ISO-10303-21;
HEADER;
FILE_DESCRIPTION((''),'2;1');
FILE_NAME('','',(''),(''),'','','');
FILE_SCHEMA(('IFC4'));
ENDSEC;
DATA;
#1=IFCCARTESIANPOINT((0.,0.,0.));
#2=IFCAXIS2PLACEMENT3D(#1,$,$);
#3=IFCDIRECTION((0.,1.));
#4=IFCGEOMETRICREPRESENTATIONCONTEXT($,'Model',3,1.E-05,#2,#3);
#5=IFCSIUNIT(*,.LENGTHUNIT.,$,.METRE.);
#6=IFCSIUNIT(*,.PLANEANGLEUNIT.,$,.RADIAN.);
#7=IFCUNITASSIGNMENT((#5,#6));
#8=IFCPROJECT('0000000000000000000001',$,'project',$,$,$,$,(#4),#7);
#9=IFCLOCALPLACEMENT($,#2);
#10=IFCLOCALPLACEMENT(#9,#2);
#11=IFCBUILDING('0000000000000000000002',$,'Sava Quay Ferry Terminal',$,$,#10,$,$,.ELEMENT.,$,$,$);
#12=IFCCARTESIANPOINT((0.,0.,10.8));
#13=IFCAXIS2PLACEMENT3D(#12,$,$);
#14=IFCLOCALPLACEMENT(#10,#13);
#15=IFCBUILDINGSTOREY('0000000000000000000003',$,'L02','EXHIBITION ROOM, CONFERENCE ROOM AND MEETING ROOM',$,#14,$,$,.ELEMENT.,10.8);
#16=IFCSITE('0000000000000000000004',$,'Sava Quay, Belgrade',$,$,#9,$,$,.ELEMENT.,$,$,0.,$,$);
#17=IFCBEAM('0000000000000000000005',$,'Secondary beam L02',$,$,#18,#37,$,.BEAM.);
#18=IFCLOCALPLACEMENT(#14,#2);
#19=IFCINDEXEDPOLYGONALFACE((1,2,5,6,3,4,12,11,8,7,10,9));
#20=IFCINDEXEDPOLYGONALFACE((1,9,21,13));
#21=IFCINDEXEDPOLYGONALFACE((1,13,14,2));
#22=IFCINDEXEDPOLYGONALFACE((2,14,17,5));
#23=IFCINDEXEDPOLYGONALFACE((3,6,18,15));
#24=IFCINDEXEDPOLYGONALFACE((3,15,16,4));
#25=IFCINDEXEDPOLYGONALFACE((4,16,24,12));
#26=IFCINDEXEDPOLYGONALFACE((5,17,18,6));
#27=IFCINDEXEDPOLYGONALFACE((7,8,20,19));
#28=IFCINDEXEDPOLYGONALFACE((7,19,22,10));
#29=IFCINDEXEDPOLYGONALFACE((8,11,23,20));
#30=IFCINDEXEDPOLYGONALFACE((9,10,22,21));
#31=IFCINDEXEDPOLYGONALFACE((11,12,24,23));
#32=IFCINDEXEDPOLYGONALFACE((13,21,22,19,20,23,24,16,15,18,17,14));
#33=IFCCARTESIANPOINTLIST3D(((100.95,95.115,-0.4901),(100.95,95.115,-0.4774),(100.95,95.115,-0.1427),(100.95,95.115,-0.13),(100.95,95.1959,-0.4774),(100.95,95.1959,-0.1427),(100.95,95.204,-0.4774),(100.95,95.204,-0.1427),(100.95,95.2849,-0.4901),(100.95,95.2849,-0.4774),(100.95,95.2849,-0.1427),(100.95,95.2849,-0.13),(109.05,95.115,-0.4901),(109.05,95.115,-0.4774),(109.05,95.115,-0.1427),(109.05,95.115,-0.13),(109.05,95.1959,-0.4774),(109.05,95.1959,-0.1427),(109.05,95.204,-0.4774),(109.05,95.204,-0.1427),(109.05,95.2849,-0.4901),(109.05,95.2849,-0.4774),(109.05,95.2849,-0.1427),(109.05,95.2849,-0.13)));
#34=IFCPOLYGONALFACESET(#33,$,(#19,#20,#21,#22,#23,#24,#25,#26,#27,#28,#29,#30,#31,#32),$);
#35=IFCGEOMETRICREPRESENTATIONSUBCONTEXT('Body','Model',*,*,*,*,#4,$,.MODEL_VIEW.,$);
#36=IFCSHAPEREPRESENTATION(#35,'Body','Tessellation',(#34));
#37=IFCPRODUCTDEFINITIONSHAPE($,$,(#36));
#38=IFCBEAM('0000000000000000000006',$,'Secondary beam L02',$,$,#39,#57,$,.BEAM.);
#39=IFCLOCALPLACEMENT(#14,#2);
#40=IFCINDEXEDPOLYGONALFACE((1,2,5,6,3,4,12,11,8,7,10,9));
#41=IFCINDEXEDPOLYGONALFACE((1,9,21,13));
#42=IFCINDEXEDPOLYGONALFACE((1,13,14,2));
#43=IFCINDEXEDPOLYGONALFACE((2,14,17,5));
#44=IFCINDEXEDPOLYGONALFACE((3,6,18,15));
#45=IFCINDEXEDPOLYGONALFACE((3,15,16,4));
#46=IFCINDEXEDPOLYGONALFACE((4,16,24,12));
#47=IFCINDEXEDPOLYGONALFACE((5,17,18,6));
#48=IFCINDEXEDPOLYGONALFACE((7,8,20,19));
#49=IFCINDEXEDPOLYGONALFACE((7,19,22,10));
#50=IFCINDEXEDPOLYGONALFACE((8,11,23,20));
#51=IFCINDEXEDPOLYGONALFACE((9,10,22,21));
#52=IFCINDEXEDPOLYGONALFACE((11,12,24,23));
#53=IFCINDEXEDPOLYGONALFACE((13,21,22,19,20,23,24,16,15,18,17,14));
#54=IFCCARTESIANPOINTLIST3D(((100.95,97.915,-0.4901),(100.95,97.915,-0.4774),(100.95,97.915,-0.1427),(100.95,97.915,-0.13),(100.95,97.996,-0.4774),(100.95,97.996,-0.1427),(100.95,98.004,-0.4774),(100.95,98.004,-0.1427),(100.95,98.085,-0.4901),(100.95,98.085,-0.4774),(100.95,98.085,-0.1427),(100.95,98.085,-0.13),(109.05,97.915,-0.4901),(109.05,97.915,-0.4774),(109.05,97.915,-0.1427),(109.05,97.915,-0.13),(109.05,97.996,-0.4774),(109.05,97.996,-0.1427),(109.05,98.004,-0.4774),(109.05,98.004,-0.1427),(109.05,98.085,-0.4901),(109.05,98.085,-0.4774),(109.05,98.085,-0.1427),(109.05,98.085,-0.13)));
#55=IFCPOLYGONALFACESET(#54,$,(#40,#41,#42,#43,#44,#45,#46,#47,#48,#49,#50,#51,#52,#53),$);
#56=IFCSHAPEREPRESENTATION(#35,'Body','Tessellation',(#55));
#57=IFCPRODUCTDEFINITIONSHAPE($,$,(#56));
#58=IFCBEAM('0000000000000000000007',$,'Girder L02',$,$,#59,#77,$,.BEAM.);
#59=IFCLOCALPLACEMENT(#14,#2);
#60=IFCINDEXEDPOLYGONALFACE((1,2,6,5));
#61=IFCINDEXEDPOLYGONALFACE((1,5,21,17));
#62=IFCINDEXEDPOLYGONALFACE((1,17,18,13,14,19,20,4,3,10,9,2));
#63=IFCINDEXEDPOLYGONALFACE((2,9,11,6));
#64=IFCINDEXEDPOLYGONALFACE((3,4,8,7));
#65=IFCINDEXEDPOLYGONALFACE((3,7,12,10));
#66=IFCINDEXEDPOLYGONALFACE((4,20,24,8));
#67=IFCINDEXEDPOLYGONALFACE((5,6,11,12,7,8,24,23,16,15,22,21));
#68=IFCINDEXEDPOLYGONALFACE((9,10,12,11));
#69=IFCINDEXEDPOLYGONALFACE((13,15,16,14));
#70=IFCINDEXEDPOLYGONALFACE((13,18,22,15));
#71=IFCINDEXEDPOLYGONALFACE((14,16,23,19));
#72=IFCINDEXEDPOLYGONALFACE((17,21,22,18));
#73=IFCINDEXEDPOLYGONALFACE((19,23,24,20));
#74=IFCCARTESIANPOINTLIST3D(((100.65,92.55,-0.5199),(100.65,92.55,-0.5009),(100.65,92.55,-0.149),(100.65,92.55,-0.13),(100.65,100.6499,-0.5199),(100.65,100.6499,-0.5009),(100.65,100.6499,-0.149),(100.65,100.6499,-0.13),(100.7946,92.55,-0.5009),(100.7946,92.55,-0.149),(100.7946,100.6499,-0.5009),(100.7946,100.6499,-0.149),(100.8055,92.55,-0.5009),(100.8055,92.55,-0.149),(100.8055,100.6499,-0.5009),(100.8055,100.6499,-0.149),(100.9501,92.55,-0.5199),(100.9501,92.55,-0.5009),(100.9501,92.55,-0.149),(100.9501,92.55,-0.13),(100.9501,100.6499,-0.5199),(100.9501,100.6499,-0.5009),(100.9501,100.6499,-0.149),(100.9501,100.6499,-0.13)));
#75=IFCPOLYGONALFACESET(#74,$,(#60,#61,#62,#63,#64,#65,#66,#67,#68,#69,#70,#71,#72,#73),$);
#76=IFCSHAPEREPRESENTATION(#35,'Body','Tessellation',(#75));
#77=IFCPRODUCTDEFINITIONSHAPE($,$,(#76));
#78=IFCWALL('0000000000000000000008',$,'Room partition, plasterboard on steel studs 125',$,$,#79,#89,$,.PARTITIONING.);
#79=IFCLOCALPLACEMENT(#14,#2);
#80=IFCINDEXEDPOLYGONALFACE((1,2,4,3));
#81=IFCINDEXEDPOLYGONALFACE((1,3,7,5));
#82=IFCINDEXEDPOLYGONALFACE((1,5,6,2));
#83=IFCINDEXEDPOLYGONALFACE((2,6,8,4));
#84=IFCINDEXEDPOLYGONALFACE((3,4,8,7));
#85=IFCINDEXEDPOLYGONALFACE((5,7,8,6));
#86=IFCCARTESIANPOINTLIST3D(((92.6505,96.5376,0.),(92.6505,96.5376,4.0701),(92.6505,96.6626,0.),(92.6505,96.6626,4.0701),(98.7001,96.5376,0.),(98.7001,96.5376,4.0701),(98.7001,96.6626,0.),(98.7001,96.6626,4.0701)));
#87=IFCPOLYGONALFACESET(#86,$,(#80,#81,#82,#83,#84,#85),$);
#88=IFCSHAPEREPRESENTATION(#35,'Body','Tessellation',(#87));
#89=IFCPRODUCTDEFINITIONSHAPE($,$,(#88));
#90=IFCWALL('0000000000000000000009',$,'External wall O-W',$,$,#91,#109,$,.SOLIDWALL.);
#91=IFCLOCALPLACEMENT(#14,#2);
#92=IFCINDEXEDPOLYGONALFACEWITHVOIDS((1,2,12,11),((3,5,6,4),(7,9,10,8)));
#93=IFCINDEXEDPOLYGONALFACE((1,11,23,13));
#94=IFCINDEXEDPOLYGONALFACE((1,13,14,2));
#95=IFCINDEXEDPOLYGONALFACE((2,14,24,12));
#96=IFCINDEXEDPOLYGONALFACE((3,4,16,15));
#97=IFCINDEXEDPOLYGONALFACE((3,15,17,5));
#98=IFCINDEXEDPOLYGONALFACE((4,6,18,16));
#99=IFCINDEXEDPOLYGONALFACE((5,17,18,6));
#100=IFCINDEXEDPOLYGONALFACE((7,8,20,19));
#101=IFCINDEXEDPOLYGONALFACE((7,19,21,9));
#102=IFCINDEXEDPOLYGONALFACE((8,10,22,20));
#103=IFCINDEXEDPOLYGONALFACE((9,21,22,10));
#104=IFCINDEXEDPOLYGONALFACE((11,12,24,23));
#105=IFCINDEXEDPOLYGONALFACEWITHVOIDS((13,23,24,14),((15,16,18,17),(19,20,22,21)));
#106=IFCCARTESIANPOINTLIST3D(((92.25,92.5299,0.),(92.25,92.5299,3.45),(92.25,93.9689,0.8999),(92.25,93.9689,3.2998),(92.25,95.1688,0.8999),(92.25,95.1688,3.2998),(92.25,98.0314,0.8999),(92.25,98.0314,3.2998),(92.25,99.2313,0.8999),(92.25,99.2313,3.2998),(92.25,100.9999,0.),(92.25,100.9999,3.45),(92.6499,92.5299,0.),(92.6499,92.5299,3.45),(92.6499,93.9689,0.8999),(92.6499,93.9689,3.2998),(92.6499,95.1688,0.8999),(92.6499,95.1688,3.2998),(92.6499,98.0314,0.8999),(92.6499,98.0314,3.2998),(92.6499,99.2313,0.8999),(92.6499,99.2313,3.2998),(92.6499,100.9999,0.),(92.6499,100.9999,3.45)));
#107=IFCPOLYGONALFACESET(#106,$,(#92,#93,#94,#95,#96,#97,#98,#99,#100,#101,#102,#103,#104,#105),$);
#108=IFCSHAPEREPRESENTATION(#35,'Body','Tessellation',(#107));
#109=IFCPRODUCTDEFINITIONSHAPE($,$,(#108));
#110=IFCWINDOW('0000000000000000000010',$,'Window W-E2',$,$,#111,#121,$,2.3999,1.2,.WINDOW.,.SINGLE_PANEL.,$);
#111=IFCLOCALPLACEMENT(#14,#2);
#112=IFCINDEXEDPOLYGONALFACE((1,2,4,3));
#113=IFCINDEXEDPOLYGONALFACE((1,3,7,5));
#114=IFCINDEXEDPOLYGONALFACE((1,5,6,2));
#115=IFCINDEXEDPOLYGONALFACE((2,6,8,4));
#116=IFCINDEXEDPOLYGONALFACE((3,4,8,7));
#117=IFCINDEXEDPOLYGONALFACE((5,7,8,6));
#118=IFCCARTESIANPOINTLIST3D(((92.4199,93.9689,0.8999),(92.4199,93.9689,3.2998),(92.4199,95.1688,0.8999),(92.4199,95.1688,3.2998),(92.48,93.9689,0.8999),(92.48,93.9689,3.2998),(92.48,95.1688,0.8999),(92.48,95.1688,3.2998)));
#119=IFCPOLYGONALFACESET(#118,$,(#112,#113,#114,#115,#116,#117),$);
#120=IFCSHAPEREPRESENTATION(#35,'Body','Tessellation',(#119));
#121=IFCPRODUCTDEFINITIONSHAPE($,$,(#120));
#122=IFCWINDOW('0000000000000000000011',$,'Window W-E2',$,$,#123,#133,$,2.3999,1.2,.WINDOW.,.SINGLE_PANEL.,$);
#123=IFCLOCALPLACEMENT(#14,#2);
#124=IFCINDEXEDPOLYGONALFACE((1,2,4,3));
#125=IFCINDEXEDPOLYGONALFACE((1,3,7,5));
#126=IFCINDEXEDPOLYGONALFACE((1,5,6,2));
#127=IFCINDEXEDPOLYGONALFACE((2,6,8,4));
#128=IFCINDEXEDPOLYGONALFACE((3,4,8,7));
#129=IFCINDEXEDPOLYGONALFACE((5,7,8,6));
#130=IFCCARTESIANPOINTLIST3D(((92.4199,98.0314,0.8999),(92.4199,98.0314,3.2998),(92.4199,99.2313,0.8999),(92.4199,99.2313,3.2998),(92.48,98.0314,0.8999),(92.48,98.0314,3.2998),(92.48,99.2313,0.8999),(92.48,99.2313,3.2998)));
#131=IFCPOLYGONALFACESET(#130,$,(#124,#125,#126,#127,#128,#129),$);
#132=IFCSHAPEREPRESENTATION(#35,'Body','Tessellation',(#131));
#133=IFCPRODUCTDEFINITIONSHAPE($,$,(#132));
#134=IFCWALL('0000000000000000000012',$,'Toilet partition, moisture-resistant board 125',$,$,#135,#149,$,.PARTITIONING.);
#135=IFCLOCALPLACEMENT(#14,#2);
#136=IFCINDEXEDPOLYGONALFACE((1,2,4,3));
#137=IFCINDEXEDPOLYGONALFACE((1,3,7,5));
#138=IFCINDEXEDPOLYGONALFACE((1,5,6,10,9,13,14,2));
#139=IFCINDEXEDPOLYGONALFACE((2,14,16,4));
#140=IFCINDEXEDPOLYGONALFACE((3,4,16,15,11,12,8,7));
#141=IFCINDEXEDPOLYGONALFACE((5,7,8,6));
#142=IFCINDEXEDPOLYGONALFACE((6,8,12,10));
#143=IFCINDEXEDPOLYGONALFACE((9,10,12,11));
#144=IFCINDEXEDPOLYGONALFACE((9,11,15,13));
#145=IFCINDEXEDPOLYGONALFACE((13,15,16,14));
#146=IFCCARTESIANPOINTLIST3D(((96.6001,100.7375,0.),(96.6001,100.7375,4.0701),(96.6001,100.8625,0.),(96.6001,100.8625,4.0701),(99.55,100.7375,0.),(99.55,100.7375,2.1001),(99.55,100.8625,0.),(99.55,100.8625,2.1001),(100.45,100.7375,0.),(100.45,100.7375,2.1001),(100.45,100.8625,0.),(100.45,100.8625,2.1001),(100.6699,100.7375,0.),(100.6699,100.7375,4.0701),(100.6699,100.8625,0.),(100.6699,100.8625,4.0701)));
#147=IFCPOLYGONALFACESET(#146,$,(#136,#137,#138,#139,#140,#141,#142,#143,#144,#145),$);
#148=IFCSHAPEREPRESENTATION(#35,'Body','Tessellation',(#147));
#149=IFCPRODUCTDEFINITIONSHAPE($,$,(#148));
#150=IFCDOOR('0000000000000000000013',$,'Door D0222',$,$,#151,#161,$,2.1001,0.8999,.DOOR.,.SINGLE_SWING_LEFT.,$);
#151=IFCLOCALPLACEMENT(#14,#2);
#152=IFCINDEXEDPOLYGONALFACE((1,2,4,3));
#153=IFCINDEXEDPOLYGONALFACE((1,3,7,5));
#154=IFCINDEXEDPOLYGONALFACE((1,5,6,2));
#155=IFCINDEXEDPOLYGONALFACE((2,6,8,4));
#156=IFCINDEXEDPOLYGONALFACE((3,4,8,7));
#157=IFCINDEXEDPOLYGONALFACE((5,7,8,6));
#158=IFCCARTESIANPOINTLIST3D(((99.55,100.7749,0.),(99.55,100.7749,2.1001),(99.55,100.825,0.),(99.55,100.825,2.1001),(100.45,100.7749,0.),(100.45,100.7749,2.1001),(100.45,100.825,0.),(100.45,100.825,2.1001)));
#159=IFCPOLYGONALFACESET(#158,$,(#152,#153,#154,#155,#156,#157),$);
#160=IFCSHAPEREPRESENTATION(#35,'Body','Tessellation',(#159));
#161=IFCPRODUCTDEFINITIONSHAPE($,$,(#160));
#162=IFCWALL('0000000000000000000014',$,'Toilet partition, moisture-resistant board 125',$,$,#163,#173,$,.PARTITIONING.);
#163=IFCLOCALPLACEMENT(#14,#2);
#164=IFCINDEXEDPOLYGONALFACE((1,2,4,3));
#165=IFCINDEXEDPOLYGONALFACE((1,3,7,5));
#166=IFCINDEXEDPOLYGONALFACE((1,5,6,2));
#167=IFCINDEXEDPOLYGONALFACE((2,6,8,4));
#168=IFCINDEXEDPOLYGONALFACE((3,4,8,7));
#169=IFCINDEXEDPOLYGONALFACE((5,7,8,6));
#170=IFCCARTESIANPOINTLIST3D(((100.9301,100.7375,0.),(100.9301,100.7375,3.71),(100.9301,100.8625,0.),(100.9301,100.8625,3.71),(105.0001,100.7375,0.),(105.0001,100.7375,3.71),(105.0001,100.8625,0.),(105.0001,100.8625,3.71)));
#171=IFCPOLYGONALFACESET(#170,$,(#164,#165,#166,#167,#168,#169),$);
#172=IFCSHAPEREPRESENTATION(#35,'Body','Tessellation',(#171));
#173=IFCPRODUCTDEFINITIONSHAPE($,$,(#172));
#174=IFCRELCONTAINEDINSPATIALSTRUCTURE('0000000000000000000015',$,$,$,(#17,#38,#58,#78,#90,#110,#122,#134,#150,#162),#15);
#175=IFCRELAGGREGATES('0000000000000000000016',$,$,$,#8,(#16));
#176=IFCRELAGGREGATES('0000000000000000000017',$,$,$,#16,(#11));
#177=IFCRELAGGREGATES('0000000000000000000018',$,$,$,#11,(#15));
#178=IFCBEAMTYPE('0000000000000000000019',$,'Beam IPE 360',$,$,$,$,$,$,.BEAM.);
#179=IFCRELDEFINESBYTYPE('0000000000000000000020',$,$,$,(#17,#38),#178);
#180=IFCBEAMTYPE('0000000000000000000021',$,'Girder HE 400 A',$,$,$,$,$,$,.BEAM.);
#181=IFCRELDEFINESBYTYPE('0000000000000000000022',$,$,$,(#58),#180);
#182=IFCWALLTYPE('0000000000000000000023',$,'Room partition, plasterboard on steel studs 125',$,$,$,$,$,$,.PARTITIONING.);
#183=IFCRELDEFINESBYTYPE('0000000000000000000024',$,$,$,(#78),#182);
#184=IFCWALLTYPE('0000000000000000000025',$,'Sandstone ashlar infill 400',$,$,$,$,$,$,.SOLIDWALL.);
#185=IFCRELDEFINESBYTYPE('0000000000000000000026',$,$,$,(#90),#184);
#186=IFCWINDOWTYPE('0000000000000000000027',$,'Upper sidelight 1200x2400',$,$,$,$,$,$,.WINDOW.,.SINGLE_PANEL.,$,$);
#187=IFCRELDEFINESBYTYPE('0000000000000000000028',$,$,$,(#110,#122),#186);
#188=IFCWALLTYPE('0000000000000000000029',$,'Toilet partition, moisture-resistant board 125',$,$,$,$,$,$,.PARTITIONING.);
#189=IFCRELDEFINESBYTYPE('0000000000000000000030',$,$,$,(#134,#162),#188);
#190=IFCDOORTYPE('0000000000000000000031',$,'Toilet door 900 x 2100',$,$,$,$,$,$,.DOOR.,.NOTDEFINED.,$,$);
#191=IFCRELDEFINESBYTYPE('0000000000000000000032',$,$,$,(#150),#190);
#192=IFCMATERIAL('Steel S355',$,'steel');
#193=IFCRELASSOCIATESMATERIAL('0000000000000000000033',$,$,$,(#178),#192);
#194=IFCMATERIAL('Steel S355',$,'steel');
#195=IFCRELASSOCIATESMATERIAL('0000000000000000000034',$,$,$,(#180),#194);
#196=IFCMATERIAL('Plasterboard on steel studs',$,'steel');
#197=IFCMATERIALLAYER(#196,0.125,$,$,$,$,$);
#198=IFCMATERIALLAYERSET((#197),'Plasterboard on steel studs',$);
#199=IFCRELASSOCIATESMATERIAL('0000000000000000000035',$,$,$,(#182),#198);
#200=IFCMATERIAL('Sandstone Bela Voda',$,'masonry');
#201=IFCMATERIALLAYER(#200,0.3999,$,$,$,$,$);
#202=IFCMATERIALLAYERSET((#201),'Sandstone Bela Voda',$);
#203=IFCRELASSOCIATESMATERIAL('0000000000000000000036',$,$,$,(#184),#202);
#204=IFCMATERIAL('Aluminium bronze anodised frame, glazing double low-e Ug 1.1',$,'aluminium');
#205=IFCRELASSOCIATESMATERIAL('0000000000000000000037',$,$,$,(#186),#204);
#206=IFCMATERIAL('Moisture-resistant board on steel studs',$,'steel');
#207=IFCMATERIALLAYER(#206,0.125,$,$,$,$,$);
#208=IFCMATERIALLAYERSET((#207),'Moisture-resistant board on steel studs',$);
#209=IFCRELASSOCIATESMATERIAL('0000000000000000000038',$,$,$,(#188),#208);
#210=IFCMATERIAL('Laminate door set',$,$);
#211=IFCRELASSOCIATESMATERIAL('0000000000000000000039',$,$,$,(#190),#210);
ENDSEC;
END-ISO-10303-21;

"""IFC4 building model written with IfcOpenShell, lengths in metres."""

from ifc_helpers import new_model, si_unit, direction, frame, frame_2d, origin, origin_2d, place, context, subcontext, project, spatial, rectangle, i_section, extrude, material, layer, layer_set, material_profile, profile_set, type_object, element, fill, save


model = new_model("IFC4")

# Units and contexts
model_context = context("Model", 3, precision=1e-05, world=origin(), true_north=direction((0.0, 1.0)))
body_context = subcontext(model_context, "Body", "Model", "MODEL_VIEW")
ifc_project = project(units=[si_unit("LENGTHUNIT", "METRE"), si_unit("PLANEANGLEUNIT", "RADIAN")], contexts=[model_context])

# Site, building, storey
site_placement = place(None, origin())
site = spatial("IfcSite", under=ifc_project, at=site_placement, Name="Sava Quay, Belgrade", CompositionType="ELEMENT", RefElevation=0.0)
building_placement = place(site_placement, origin())
building = spatial("IfcBuilding", under=site, at=building_placement, Name="Sava Quay Ferry Terminal", CompositionType="ELEMENT")
storey_placement = place(building_placement, frame((0.0, 0.0, 10.8)))
storey = spatial("IfcBuildingStorey", under=building, at=storey_placement, Name="L02", Description="EXHIBITION ROOM, CONFERENCE ROOM AND MEETING ROOM", CompositionType="ELEMENT", Elevation=10.8)

# Beams
ifc_material_1 = material(Name="Steel S355", Category="steel")
ifc_material_profile_1 = material_profile(ifc_material_1, i_section(OverallWidth=0.1699, OverallDepth=0.3601, WebThickness=0.0081, FlangeThickness=0.0127, at=origin_2d()), Name="IPE 360")
ifc_profile_set_1 = profile_set([ifc_material_profile_1], Name="Steel S355")
beam_type_1 = type_object("IfcBeamType", Name="Beam IPE 360", PredefinedType="BEAM", material=ifc_profile_set_1)
for number, where, z_axis, x_axis, name in (
    (1, (100.95, 95.2, -0.3101), (1.0, 0.0, 0.0), (0.0, 1.0, 0.0), "Secondary beam L02"),
    (2, (100.95, 98.0, -0.3101), (1.0, 0.0, 0.0), (0.0, 1.0, 0.0), "Secondary beam L02"),
):
    element("IfcBeam", number, at=place(storey_placement, frame(where, z_axis=z_axis, x_axis=x_axis)), inside=storey, type_object=beam_type_1, Name=name, PredefinedType="BEAM", context=body_context, shape_type="SweptSolid", body=[
        extrude(i_section(OverallWidth=0.1699, OverallDepth=0.3601, WebThickness=0.0081, FlangeThickness=0.0127, at=origin_2d()), origin(), (0.0, 0.0, 1.0), 8.1001),
    ])
ifc_material_2 = material(Name="Steel S355", Category="steel")
ifc_material_profile_2 = material_profile(ifc_material_2, i_section(OverallWidth=0.3, OverallDepth=0.3899, WebThickness=0.011, FlangeThickness=0.019, at=origin_2d()), Name="HE 400 A")
ifc_profile_set_2 = profile_set([ifc_material_profile_2], Name="Steel S355")
beam_type_2 = type_object("IfcBeamType", Name="Girder HE 400 A", PredefinedType="BEAM", material=ifc_profile_set_2)
beam_1_placement = place(storey_placement, frame((100.8, 92.55, -0.325), z_axis=(0.0, 1.0, 0.0), x_axis=(-1.0, 0.0, 0.0)))
element("IfcBeam", 3, at=beam_1_placement, inside=storey, type_object=beam_type_2, Name="Girder L02", PredefinedType="BEAM", context=body_context, shape_type="SweptSolid", body=[
    extrude(i_section(OverallWidth=0.3, OverallDepth=0.3899, WebThickness=0.011, FlangeThickness=0.019, at=origin_2d()), origin(), (0.0, 0.0, 1.0), 8.0999),
])

# Wall
ifc_material_3 = material(Name="Plasterboard on steel studs", Category="steel")
ifc_layer_1 = layer(ifc_material_3, 0.125)
ifc_layer_set_1 = layer_set([ifc_layer_1], Name="Plasterboard on steel studs")
wall_type_1 = type_object("IfcWallType", Name="Room partition, plasterboard on steel studs 125", PredefinedType="PARTITIONING", material=ifc_layer_set_1)
wall_1_placement = place(storey_placement, frame((92.6504, 96.6001, 0.0), z_axis=(0.0, 0.0, 1.0), x_axis=(1.0, 0.0, 0.0)))
element("IfcWall", 4, at=wall_1_placement, inside=storey, type_object=wall_type_1, Name="Room partition, plasterboard on steel studs 125", PredefinedType="PARTITIONING", context=body_context, shape_type="SweptSolid", body=[
    extrude(rectangle(XDim=6.0496, YDim=0.125, at=frame_2d((3.0249, 0.0))), origin(), (0.0, 0.0, 1.0), 4.0701),
])

# Wall, openings, windows
ifc_material_4 = material(Name="Sandstone Bela Voda", Category="masonry")
ifc_layer_2 = layer(ifc_material_4, 0.3999)
ifc_layer_set_2 = layer_set([ifc_layer_2], Name="Sandstone Bela Voda")
wall_type_2 = type_object("IfcWallType", Name="Sandstone ashlar infill 400", PredefinedType="SOLIDWALL", material=ifc_layer_set_2)
wall_2_placement = place(storey_placement, frame((92.45, 92.53, 0.0), z_axis=(0.0, 0.0, 1.0), x_axis=(0.0, 1.0, 0.0)))
wall_2 = element("IfcWall", 5, at=wall_2_placement, inside=storey, type_object=wall_type_2, Name="External wall O-W", PredefinedType="SOLIDWALL", context=body_context, shape_type="SweptSolid", body=[
    extrude(rectangle(XDim=8.47, YDim=0.3999, at=frame_2d((4.2349, 0.0))), origin(), (0.0, 0.0, 1.0), 3.45),
])
opening_1_placement = place(wall_2_placement, frame((1.4387, 0.0, 0.8999)))
opening_1 = element("IfcOpeningElement", 6, at=opening_1_placement, cuts=wall_2, PredefinedType="OPENING", context=body_context, shape_type="SweptSolid", body=[
    extrude(rectangle(XDim=1.2, YDim=2.3999, at=frame_2d((0.6001, 1.2))), frame((0.0, 0.2, 0.0), z_axis=(0.0, -1.0, 0.0), x_axis=(1.0, 0.0, 0.0)), (0.0, 0.0, 1.0), 0.3999),
])
opening_2_placement = place(wall_2_placement, frame((5.5012, 0.0, 0.8999)))
opening_2 = element("IfcOpeningElement", 7, at=opening_2_placement, cuts=wall_2, PredefinedType="OPENING", context=body_context, shape_type="SweptSolid", body=[
    extrude(rectangle(XDim=1.2, YDim=2.3999, at=frame_2d((0.6001, 1.2))), frame((0.0, 0.2, 0.0), z_axis=(0.0, -1.0, 0.0), x_axis=(1.0, 0.0, 0.0)), (0.0, 0.0, 1.0), 0.3999),
])
ifc_material_5 = material(Name="Aluminium bronze anodised frame, glazing double low-e Ug 1.1", Category="aluminium")
window_type = type_object("IfcWindowType", Name="Upper sidelight 1200x2400", PartitioningType="SINGLE_PANEL", PredefinedType="WINDOW", material=ifc_material_5)
window_1_placement = place(opening_1_placement, origin())
window_1 = element("IfcWindow", 8, at=window_1_placement, inside=storey, type_object=window_type, Name="Window W-E2", OverallHeight=2.3999, OverallWidth=1.2, PartitioningType="SINGLE_PANEL", PredefinedType="WINDOW", context=body_context, shape_type="SweptSolid", body=[
    extrude(rectangle(XDim=1.2, YDim=2.3999, at=frame_2d((0.6001, 1.2))), frame((0.0, 0.03, 0.0), z_axis=(0.0, -1.0, 0.0), x_axis=(1.0, 0.0, 0.0)), (0.0, 0.0, 1.0), 0.0601),
])
fill(opening_1, window_1)
window_2_placement = place(opening_2_placement, origin())
window_2 = element("IfcWindow", 9, at=window_2_placement, inside=storey, type_object=window_type, Name="Window W-E2", OverallHeight=2.3999, OverallWidth=1.2, PartitioningType="SINGLE_PANEL", PredefinedType="WINDOW", context=body_context, shape_type="SweptSolid", body=[
    extrude(rectangle(XDim=1.2, YDim=2.3999, at=frame_2d((0.6001, 1.2))), frame((0.0, 0.03, 0.0), z_axis=(0.0, -1.0, 0.0), x_axis=(1.0, 0.0, 0.0)), (0.0, 0.0, 1.0), 0.0601),
])
fill(opening_2, window_2)

# Wall, opening, door
ifc_material_6 = material(Name="Moisture-resistant board on steel studs", Category="steel")
ifc_layer_3 = layer(ifc_material_6, 0.125)
ifc_layer_set_3 = layer_set([ifc_layer_3], Name="Moisture-resistant board on steel studs")
wall_type_3 = type_object("IfcWallType", Name="Toilet partition, moisture-resistant board 125", PredefinedType="PARTITIONING", material=ifc_layer_set_3)
wall_3_placement = place(storey_placement, frame((96.6001, 100.8, 0.0), z_axis=(0.0, 0.0, 1.0), x_axis=(1.0, 0.0, 0.0)))
wall_3 = element("IfcWall", 10, at=wall_3_placement, inside=storey, type_object=wall_type_3, Name="Toilet partition, moisture-resistant board 125", PredefinedType="PARTITIONING", context=body_context, shape_type="SweptSolid", body=[
    extrude(rectangle(XDim=4.0698, YDim=0.125, at=frame_2d((2.0349, 0.0))), origin(), (0.0, 0.0, 1.0), 4.0701),
])
opening_3_placement = place(wall_3_placement, frame((2.95, 0.0, 0.0)))
opening_3 = element("IfcOpeningElement", 11, at=opening_3_placement, cuts=wall_3, PredefinedType="OPENING", context=body_context, shape_type="SweptSolid", body=[
    extrude(rectangle(XDim=0.8999, YDim=2.1001, at=frame_2d((0.45, 1.05))), frame((0.0, 0.0625, 0.0), z_axis=(0.0, -1.0, 0.0), x_axis=(1.0, 0.0, 0.0)), (0.0, 0.0, 1.0), 0.125),
])
ifc_material_7 = material(Name="Laminate door set")
door_type = type_object("IfcDoorType", Name="Toilet door 900 x 2100", OperationType="NOTDEFINED", PredefinedType="DOOR", material=ifc_material_7)
door_placement = place(opening_3_placement, origin())
door = element("IfcDoor", 12, at=door_placement, inside=storey, type_object=door_type, Name="Door D0222", OperationType="SINGLE_SWING_LEFT", OverallHeight=2.1001, OverallWidth=0.8999, PredefinedType="DOOR", context=body_context, shape_type="SweptSolid", body=[
    extrude(rectangle(XDim=0.8999, YDim=2.1001, at=frame_2d((0.45, 1.05))), frame((0.0, 0.0249, 0.0), z_axis=(0.0, -1.0, 0.0), x_axis=(1.0, 0.0, 0.0)), (0.0, 0.0, 1.0), 0.05),
])
fill(opening_3, door)

# Wall
wall_4_placement = place(storey_placement, frame((100.9299, 100.8, 0.0), z_axis=(0.0, 0.0, 1.0), x_axis=(1.0, 0.0, 0.0)))
element("IfcWall", 13, at=wall_4_placement, inside=storey, type_object=wall_type_3, Name="Toilet partition, moisture-resistant board 125", PredefinedType="PARTITIONING", context=body_context, shape_type="SweptSolid", body=[
    extrude(rectangle(XDim=4.0701, YDim=0.125, at=frame_2d((2.0352, 0.0))), origin(), (0.0, 0.0, 1.0), 3.71),
])

save(model, "model.ifc")
